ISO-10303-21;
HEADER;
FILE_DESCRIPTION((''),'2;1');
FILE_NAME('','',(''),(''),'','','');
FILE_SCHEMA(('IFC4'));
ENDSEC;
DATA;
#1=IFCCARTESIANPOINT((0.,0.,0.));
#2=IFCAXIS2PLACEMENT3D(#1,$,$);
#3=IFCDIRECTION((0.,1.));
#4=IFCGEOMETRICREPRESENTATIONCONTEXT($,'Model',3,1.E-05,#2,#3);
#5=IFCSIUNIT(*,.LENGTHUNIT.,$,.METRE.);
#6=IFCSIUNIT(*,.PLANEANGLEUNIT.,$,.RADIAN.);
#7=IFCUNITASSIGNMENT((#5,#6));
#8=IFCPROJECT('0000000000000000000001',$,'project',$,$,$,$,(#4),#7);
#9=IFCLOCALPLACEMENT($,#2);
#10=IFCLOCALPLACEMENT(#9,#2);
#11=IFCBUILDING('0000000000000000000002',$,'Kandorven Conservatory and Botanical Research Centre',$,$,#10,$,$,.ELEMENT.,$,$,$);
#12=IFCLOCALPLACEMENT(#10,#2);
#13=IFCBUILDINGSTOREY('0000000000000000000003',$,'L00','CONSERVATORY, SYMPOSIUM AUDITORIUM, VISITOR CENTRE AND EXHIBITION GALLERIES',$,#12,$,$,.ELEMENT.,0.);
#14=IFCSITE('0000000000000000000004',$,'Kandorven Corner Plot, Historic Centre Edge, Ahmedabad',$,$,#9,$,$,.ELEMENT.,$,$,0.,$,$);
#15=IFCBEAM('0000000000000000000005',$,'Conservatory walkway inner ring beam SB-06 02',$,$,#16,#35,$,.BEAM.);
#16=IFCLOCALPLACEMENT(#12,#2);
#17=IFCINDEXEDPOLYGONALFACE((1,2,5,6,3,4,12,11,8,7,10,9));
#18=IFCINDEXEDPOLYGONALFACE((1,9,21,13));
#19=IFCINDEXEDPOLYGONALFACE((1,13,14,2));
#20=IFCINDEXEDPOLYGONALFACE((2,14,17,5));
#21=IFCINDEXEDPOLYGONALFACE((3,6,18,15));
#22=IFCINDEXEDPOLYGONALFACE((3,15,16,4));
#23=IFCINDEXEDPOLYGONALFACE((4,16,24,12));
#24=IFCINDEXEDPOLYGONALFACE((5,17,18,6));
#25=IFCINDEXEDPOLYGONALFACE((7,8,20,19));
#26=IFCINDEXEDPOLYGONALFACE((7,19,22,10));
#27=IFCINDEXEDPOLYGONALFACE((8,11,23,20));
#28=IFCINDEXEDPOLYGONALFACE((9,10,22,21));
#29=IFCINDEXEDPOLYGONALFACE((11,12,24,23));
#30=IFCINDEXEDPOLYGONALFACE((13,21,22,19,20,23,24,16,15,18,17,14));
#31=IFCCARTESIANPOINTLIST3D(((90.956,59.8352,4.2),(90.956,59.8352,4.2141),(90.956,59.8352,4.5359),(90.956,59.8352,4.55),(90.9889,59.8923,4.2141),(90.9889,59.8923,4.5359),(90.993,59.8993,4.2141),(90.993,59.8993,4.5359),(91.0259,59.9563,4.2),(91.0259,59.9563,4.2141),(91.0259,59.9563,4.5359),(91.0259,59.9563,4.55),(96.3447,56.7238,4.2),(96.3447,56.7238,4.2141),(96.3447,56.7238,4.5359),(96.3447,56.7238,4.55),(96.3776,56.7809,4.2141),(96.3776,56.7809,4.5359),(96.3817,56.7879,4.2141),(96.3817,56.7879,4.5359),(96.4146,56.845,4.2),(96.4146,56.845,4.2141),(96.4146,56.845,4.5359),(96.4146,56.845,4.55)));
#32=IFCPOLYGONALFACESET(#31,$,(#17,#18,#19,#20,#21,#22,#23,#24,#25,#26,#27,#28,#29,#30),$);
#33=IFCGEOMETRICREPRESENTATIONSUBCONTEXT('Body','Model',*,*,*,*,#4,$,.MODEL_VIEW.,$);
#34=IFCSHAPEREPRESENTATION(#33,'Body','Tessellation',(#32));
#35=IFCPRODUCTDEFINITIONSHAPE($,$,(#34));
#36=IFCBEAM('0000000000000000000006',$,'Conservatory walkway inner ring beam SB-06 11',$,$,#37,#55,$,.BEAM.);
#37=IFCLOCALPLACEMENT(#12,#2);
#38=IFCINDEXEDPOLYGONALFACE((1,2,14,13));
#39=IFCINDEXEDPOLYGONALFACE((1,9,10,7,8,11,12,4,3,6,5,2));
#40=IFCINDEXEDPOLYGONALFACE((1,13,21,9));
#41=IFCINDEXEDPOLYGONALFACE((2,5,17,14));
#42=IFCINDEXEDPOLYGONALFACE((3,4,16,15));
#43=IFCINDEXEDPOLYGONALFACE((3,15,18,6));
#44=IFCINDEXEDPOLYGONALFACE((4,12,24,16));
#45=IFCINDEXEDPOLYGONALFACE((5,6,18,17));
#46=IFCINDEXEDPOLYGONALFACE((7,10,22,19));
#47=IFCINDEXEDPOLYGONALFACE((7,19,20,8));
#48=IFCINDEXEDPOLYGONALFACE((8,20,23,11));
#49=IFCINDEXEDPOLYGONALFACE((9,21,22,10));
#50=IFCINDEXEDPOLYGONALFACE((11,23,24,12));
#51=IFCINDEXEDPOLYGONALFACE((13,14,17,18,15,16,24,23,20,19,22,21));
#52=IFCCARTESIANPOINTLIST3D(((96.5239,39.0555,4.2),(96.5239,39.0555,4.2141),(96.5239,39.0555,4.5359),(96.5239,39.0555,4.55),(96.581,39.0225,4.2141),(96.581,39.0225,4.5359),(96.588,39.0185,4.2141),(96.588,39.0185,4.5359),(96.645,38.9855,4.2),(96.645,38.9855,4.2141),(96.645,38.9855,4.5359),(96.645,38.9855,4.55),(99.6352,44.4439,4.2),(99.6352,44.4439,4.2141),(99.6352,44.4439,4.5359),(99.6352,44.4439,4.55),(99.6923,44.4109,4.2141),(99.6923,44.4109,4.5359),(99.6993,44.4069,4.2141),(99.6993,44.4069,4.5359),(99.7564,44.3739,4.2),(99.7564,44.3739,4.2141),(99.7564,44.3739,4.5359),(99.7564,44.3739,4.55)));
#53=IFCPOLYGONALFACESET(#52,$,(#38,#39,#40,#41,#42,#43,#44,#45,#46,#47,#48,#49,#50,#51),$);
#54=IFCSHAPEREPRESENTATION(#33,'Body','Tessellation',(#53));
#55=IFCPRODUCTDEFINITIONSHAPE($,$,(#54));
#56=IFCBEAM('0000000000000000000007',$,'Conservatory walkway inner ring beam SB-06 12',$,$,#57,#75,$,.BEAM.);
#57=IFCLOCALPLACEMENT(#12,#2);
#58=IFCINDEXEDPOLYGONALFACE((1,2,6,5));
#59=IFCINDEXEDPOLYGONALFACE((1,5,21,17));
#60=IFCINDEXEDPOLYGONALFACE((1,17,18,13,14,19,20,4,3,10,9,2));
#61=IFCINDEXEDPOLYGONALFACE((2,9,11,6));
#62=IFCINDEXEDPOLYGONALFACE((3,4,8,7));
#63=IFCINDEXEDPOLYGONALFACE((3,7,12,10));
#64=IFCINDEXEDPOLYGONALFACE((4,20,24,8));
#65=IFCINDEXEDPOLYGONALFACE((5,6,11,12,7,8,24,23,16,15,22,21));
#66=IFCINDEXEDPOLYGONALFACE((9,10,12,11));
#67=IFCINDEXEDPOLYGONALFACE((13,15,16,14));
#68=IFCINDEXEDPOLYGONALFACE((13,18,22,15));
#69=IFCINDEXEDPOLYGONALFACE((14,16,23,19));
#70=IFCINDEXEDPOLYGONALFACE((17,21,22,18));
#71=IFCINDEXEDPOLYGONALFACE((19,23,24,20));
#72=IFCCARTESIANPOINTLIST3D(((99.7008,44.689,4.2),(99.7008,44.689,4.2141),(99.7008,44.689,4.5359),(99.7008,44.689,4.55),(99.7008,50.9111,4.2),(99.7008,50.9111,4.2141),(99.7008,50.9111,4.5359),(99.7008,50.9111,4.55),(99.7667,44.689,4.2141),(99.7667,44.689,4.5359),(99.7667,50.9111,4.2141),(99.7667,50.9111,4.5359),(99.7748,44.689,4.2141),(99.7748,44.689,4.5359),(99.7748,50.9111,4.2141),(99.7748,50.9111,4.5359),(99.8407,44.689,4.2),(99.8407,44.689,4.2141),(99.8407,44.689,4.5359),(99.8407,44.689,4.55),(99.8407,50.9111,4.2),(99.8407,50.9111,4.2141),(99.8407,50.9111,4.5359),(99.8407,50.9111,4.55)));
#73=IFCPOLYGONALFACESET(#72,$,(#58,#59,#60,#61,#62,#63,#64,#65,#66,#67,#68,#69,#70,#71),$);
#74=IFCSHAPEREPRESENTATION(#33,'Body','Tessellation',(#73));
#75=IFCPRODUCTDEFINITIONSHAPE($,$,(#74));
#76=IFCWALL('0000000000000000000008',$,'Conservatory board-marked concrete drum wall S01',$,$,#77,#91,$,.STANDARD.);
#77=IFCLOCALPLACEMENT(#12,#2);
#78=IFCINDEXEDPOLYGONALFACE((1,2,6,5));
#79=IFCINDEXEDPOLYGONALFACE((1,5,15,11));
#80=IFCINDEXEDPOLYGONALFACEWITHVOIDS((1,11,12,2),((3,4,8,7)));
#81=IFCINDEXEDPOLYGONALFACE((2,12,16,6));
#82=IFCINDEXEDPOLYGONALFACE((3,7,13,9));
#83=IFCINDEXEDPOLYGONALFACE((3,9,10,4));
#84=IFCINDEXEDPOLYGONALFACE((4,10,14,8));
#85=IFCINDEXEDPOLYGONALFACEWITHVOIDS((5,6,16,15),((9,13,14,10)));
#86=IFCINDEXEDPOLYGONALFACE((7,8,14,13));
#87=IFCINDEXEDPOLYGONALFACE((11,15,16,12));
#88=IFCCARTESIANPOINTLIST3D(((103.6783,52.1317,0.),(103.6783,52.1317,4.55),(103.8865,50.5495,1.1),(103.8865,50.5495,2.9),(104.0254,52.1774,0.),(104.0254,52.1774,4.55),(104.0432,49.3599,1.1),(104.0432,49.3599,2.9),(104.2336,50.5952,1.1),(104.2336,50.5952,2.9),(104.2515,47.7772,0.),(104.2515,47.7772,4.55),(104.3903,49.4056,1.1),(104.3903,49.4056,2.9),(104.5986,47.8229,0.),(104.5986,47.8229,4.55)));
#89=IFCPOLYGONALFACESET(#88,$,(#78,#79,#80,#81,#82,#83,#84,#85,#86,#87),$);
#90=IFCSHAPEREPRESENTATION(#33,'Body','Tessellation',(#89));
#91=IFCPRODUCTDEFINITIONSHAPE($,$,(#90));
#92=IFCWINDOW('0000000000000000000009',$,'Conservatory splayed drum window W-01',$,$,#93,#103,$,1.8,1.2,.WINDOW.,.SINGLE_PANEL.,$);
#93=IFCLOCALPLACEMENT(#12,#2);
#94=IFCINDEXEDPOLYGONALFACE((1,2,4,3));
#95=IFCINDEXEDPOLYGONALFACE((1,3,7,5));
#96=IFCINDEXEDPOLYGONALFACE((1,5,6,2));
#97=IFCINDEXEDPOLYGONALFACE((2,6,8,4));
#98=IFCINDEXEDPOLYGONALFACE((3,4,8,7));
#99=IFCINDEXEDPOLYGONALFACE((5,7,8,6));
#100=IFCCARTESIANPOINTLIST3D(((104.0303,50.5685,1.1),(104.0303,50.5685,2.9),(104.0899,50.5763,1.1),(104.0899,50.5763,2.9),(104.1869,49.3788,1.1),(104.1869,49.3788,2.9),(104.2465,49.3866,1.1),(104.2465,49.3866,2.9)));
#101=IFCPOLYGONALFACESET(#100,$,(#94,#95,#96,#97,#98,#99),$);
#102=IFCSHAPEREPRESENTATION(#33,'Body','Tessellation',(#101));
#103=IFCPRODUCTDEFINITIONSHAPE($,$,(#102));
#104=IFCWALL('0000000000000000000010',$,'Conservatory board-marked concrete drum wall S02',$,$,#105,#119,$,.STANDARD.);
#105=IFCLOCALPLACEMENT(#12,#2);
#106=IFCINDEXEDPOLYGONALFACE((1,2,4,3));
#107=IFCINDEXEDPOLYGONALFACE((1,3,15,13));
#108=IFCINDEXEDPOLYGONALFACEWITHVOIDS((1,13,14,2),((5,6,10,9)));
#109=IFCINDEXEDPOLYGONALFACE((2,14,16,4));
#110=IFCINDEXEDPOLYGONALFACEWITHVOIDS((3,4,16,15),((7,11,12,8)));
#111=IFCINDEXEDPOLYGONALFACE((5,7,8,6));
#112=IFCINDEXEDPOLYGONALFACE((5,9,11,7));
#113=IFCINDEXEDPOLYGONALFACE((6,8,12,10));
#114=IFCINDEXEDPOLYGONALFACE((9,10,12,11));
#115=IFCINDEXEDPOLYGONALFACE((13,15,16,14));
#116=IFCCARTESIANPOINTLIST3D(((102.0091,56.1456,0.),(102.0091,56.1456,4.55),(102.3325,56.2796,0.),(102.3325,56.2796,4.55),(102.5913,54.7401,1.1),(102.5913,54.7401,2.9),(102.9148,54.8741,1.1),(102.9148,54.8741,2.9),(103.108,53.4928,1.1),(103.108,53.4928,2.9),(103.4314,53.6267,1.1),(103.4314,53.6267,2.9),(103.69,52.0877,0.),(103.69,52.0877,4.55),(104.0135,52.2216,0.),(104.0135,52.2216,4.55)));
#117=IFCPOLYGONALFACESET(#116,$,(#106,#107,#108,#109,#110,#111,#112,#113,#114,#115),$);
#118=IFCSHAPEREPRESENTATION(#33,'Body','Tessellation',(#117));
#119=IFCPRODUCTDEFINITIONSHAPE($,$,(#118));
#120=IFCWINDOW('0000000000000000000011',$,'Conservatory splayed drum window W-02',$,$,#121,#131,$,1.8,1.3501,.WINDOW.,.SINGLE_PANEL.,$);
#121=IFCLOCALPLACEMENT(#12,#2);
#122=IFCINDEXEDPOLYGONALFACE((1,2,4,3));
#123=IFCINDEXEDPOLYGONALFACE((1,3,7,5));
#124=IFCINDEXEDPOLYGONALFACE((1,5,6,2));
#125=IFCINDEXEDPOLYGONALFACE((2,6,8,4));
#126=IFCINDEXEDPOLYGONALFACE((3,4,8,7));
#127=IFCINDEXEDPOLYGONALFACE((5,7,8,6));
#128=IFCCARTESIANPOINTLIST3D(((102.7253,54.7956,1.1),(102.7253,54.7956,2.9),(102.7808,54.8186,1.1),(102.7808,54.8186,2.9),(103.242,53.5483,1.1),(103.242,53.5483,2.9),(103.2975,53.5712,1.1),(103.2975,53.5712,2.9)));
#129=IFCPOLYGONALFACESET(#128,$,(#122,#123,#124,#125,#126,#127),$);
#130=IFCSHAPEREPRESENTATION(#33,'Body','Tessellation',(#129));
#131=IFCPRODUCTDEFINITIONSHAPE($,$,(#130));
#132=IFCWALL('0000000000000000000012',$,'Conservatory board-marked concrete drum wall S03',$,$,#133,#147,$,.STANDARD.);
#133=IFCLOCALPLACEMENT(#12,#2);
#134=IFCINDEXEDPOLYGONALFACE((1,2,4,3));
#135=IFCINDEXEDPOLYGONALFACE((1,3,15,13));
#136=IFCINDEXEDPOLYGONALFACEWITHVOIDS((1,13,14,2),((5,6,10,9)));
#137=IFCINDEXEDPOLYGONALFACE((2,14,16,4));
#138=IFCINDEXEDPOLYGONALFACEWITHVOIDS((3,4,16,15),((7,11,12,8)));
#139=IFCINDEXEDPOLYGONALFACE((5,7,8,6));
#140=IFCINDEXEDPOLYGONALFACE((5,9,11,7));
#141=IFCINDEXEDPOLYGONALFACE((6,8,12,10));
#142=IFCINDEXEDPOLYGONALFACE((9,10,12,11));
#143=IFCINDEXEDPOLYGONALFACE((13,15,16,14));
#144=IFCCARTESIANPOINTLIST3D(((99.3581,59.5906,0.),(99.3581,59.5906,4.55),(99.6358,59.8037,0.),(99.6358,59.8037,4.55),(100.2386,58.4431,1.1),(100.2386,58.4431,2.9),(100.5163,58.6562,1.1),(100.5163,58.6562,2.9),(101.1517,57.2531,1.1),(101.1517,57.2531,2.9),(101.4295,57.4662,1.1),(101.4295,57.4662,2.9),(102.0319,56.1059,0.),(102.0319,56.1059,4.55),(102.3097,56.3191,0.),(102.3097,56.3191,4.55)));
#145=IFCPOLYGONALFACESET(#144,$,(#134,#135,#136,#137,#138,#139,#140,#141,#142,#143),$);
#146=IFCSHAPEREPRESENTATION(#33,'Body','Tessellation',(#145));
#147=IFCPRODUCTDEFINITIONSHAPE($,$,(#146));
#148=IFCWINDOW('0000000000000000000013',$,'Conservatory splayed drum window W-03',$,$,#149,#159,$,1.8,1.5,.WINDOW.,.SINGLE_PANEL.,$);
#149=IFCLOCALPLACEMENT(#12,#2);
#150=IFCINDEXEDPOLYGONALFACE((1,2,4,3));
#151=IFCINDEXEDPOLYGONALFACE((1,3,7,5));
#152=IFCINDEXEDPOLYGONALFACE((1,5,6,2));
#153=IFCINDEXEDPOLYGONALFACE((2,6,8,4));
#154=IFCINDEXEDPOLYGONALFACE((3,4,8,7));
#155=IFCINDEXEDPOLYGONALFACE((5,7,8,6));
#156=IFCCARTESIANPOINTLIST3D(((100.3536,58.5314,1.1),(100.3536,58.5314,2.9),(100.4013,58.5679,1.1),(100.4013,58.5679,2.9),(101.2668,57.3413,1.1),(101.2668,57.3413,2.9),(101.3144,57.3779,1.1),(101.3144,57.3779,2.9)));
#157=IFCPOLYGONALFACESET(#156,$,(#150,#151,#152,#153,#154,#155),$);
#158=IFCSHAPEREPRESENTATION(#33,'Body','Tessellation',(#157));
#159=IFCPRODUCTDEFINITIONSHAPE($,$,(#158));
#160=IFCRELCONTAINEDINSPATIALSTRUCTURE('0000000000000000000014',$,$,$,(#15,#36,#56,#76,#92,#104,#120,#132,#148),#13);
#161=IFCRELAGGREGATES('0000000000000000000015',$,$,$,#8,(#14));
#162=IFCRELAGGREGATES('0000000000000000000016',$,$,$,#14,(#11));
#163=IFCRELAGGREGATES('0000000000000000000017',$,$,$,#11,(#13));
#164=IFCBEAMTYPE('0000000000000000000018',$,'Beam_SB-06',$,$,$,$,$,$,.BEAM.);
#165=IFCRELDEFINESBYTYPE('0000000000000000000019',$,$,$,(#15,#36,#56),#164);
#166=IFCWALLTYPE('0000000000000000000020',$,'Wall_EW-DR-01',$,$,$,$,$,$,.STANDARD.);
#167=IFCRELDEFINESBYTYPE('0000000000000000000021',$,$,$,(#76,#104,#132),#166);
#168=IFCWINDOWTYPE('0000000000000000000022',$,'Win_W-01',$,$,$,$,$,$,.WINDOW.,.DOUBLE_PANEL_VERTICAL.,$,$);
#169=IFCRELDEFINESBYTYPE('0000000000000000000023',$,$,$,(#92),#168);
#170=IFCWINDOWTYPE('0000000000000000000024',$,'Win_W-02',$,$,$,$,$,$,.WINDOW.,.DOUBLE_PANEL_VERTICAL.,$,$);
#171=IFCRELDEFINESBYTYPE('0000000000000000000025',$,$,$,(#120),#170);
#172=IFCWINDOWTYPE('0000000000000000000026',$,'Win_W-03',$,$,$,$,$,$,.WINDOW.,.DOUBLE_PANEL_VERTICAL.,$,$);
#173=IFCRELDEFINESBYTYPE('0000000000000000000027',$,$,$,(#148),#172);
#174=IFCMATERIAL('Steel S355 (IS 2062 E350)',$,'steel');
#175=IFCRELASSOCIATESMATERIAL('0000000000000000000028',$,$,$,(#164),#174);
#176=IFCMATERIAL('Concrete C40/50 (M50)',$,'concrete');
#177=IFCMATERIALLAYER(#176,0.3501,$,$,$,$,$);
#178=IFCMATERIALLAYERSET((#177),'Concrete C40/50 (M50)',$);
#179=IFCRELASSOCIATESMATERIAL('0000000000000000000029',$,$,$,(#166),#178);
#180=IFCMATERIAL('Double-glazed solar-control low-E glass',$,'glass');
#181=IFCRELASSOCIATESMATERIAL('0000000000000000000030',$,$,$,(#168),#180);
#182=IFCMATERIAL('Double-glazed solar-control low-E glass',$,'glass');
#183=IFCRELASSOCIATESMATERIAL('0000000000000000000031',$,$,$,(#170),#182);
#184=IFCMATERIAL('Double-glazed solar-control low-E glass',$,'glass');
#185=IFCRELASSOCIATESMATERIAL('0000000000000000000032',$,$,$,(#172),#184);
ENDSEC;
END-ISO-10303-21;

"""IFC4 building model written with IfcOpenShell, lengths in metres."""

from ifc_helpers import new_model, si_unit, direction, frame, frame_2d, origin, origin_2d, place, context, subcontext, project, spatial, rectangle, i_section, extrude, material, layer, layer_set, material_profile, profile_set, type_object, element, fill, save


model = new_model("IFC4")

# Units and contexts
model_context = context("Model", 3, precision=1e-05, world=origin(), true_north=direction((0.0, 1.0)))
body_context = subcontext(model_context, "Body", "Model", "MODEL_VIEW")
ifc_project = project(units=[si_unit("LENGTHUNIT", "METRE"), si_unit("PLANEANGLEUNIT", "RADIAN")], contexts=[model_context])

# Site, building, storey
site_placement = place(None, origin())
site = spatial("IfcSite", under=ifc_project, at=site_placement, Name="Kandorven Corner Plot, Historic Centre Edge, Ahmedabad", CompositionType="ELEMENT", RefElevation=0.0)
building_placement = place(site_placement, origin())
building = spatial("IfcBuilding", under=site, at=building_placement, Name="Kandorven Conservatory and Botanical Research Centre", CompositionType="ELEMENT")
storey_placement = place(building_placement, origin())
storey = spatial("IfcBuildingStorey", under=building, at=storey_placement, Name="L00", Description="CONSERVATORY, SYMPOSIUM AUDITORIUM, VISITOR CENTRE AND EXHIBITION GALLERIES", CompositionType="ELEMENT", Elevation=0.0)

# Beams
ifc_material_1 = material(Name="Steel S355 (IS 2062 E350)", Category="steel")
ifc_material_profile_1 = material_profile(ifc_material_1, i_section(OverallWidth=0.1399, OverallDepth=0.3501, WebThickness=0.0081, FlangeThickness=0.0142, at=origin_2d()))
ifc_profile_set_1 = profile_set([ifc_material_profile_1], Name="Steel S355 (IS 2062 E350)")
beam_type_1 = type_object("IfcBeamType", Name="Beam_SB-06", PredefinedType="BEAM", material=ifc_profile_set_1)
for number, where, z_axis, x_axis, name in (
    (1, (96.3796, 56.7844, 4.375), (-0.866013, 0.500021, 0.0), (-0.500021, -0.866013, 0.0), "Conservatory walkway inner ring beam SB-06 02"),
):
    element("IfcBeam", number, at=place(storey_placement, frame(where, z_axis=z_axis, x_axis=x_axis)), inside=storey, type_object=beam_type_1, Name=name, PredefinedType="BEAM", context=body_context, shape_type="SweptSolid", body=[
        extrude(i_section(OverallWidth=0.1399, OverallDepth=0.3501, WebThickness=0.0081, FlangeThickness=0.0142, at=origin_2d()), origin(), (0.0, 0.0, 1.0), 6.2224),
    ])
for number, where, z_axis, x_axis, name in (
    (2, (96.5845, 39.0205, 4.375), (0.500038, 0.866003, 0.0), (-0.866003, 0.500038, 0.0), "Conservatory walkway inner ring beam SB-06 11"),
    (3, (99.7708, 44.689, 4.375), (0.0, 1.0, 0.0), (-1.0, 0.0, 0.0), "Conservatory walkway inner ring beam SB-06 12"),
):
    element("IfcBeam", number, at=place(storey_placement, frame(where, z_axis=z_axis, x_axis=x_axis)), inside=storey, type_object=beam_type_1, Name=name, PredefinedType="BEAM", context=body_context, shape_type="SweptSolid", body=[
        extrude(i_section(OverallWidth=0.1399, OverallDepth=0.3501, WebThickness=0.0081, FlangeThickness=0.0142, at=origin_2d()), origin(), (0.0, 0.0, 1.0), 6.2222),
    ])

# Walls, openings, windows
ifc_material_2 = material(Name="Concrete C40/50 (M50)", Category="concrete")
ifc_layer = layer(ifc_material_2, 0.3501)
ifc_layer_set = layer_set([ifc_layer], Name="Concrete C40/50 (M50)")
wall_type = type_object("IfcWallType", Name="Wall_EW-DR-01", PredefinedType="STANDARD", material=ifc_layer_set)
wall_1_placement = place(storey_placement, frame((104.425, 47.8, 0.0), z_axis=(0.0, 0.0, 1.0), x_axis=(-0.130518, 0.991446, 0.0)))
wall_1 = element("IfcWall", 4, at=wall_1_placement, inside=storey, type_object=wall_type, Name="Conservatory board-marked concrete drum wall S01", PredefinedType="STANDARD", context=body_context, shape_type="SweptSolid", body=[
    extrude(rectangle(XDim=4.3921, YDim=0.3501, at=frame_2d((2.196, 0.0))), origin(), (0.0, 0.0, 1.0), 4.55),
])
opening_1_placement = place(wall_1_placement, frame((1.5962, 0.0, 1.1001)))
opening_1 = element("IfcOpeningElement", 5, at=opening_1_placement, cuts=wall_1, PredefinedType="OPENING", context=body_context, shape_type="SweptSolid", body=[
    extrude(rectangle(XDim=1.2, YDim=1.8, at=frame_2d((0.6001, 0.8999))), frame((0.0, 0.1851, 0.0), z_axis=(0.0, -1.0, 0.0), x_axis=(1.0, 0.0, 0.0)), (0.0, 0.0, 1.0), 0.3701),
])
ifc_material_3 = material(Name="Double-glazed solar-control low-E glass", Category="glass")
window_type_1 = type_object("IfcWindowType", Name="Win_W-01", PartitioningType="DOUBLE_PANEL_VERTICAL", PredefinedType="WINDOW", material=ifc_material_3)
window_1_placement = place(opening_1_placement, origin())
window_1 = element("IfcWindow", 6, at=window_1_placement, inside=storey, type_object=window_type_1, Name="Conservatory splayed drum window W-01", OverallHeight=1.8, OverallWidth=1.2, PartitioningType="SINGLE_PANEL", PredefinedType="WINDOW", context=body_context, shape_type="SweptSolid", body=[
    extrude(rectangle(XDim=1.2, YDim=1.8, at=frame_2d((0.6001, 0.8999))), frame((0.0, 0.03, 0.0), z_axis=(0.0, -1.0, 0.0), x_axis=(1.0, 0.0, 0.0)), (0.0, 0.0, 1.0), 0.0601),
])
fill(opening_1, window_1)
wall_2_placement = place(storey_placement, frame((103.8518, 52.1545, 0.0), z_axis=(0.0, 0.0, 1.0), x_axis=(-0.3827, 0.923873, 0.0)))
wall_2 = element("IfcWall", 7, at=wall_2_placement, inside=storey, type_object=wall_type, Name="Conservatory board-marked concrete drum wall S02", PredefinedType="STANDARD", context=body_context, shape_type="SweptSolid", body=[
    extrude(rectangle(XDim=4.3923, YDim=0.3501, at=frame_2d((2.1963, 0.0))), origin(), (0.0, 0.0, 1.0), 4.55),
])
opening_2_placement = place(wall_2_placement, frame((1.521, 0.0, 1.1001)))
opening_2 = element("IfcOpeningElement", 8, at=opening_2_placement, cuts=wall_2, PredefinedType="OPENING", context=body_context, shape_type="SweptSolid", body=[
    extrude(rectangle(XDim=1.3501, YDim=1.8, at=frame_2d((0.675, 0.8999))), frame((0.0, 0.1851, 0.0), z_axis=(0.0, -1.0, 0.0), x_axis=(1.0, 0.0, 0.0)), (0.0, 0.0, 1.0), 0.3701),
])
ifc_material_4 = material(Name="Double-glazed solar-control low-E glass", Category="glass")
window_type_2 = type_object("IfcWindowType", Name="Win_W-02", PartitioningType="DOUBLE_PANEL_VERTICAL", PredefinedType="WINDOW", material=ifc_material_4)
window_2_placement = place(opening_2_placement, origin())
window_2 = element("IfcWindow", 9, at=window_2_placement, inside=storey, type_object=window_type_2, Name="Conservatory splayed drum window W-02", OverallHeight=1.8, OverallWidth=1.3501, PartitioningType="SINGLE_PANEL", PredefinedType="WINDOW", context=body_context, shape_type="SweptSolid", body=[
    extrude(rectangle(XDim=1.3501, YDim=1.8, at=frame_2d((0.675, 0.8999))), frame((0.0, 0.03, 0.0), z_axis=(0.0, -1.0, 0.0), x_axis=(1.0, 0.0, 0.0)), (0.0, 0.0, 1.0), 0.0601),
])
fill(opening_2, window_2)
wall_3_placement = place(storey_placement, frame((102.1709, 56.2124, 0.0), z_axis=(0.0, 0.0, 1.0), x_axis=(-0.608759, 0.793355, 0.0)))
wall_3 = element("IfcWall", 10, at=wall_3_placement, inside=storey, type_object=wall_type, Name="Conservatory board-marked concrete drum wall S03", PredefinedType="STANDARD", context=body_context, shape_type="SweptSolid", body=[
    extrude(rectangle(XDim=4.3923, YDim=0.3501, at=frame_2d((2.1963, 0.0))), origin(), (0.0, 0.0, 1.0), 4.55),
])
opening_3_placement = place(wall_3_placement, frame((1.446, 0.0, 1.1001)))
opening_3 = element("IfcOpeningElement", 11, at=opening_3_placement, cuts=wall_3, PredefinedType="OPENING", context=body_context, shape_type="SweptSolid", body=[
    extrude(rectangle(XDim=1.5, YDim=1.8, at=frame_2d((0.75, 0.8999))), frame((0.0, 0.1851, 0.0), z_axis=(0.0, -1.0, 0.0), x_axis=(1.0, 0.0, 0.0)), (0.0, 0.0, 1.0), 0.3701),
])
ifc_material_5 = material(Name="Double-glazed solar-control low-E glass", Category="glass")
window_type_3 = type_object("IfcWindowType", Name="Win_W-03", PartitioningType="DOUBLE_PANEL_VERTICAL", PredefinedType="WINDOW", material=ifc_material_5)
window_3_placement = place(opening_3_placement, origin())
window_3 = element("IfcWindow", 12, at=window_3_placement, inside=storey, type_object=window_type_3, Name="Conservatory splayed drum window W-03", OverallHeight=1.8, OverallWidth=1.5, PartitioningType="SINGLE_PANEL", PredefinedType="WINDOW", context=body_context, shape_type="SweptSolid", body=[
    extrude(rectangle(XDim=1.5, YDim=1.8, at=frame_2d((0.75, 0.8999))), frame((0.0, 0.03, 0.0), z_axis=(0.0, -1.0, 0.0), x_axis=(1.0, 0.0, 0.0)), (0.0, 0.0, 1.0), 0.0601),
])
fill(opening_3, window_3)

save(model, "model.ifc")
